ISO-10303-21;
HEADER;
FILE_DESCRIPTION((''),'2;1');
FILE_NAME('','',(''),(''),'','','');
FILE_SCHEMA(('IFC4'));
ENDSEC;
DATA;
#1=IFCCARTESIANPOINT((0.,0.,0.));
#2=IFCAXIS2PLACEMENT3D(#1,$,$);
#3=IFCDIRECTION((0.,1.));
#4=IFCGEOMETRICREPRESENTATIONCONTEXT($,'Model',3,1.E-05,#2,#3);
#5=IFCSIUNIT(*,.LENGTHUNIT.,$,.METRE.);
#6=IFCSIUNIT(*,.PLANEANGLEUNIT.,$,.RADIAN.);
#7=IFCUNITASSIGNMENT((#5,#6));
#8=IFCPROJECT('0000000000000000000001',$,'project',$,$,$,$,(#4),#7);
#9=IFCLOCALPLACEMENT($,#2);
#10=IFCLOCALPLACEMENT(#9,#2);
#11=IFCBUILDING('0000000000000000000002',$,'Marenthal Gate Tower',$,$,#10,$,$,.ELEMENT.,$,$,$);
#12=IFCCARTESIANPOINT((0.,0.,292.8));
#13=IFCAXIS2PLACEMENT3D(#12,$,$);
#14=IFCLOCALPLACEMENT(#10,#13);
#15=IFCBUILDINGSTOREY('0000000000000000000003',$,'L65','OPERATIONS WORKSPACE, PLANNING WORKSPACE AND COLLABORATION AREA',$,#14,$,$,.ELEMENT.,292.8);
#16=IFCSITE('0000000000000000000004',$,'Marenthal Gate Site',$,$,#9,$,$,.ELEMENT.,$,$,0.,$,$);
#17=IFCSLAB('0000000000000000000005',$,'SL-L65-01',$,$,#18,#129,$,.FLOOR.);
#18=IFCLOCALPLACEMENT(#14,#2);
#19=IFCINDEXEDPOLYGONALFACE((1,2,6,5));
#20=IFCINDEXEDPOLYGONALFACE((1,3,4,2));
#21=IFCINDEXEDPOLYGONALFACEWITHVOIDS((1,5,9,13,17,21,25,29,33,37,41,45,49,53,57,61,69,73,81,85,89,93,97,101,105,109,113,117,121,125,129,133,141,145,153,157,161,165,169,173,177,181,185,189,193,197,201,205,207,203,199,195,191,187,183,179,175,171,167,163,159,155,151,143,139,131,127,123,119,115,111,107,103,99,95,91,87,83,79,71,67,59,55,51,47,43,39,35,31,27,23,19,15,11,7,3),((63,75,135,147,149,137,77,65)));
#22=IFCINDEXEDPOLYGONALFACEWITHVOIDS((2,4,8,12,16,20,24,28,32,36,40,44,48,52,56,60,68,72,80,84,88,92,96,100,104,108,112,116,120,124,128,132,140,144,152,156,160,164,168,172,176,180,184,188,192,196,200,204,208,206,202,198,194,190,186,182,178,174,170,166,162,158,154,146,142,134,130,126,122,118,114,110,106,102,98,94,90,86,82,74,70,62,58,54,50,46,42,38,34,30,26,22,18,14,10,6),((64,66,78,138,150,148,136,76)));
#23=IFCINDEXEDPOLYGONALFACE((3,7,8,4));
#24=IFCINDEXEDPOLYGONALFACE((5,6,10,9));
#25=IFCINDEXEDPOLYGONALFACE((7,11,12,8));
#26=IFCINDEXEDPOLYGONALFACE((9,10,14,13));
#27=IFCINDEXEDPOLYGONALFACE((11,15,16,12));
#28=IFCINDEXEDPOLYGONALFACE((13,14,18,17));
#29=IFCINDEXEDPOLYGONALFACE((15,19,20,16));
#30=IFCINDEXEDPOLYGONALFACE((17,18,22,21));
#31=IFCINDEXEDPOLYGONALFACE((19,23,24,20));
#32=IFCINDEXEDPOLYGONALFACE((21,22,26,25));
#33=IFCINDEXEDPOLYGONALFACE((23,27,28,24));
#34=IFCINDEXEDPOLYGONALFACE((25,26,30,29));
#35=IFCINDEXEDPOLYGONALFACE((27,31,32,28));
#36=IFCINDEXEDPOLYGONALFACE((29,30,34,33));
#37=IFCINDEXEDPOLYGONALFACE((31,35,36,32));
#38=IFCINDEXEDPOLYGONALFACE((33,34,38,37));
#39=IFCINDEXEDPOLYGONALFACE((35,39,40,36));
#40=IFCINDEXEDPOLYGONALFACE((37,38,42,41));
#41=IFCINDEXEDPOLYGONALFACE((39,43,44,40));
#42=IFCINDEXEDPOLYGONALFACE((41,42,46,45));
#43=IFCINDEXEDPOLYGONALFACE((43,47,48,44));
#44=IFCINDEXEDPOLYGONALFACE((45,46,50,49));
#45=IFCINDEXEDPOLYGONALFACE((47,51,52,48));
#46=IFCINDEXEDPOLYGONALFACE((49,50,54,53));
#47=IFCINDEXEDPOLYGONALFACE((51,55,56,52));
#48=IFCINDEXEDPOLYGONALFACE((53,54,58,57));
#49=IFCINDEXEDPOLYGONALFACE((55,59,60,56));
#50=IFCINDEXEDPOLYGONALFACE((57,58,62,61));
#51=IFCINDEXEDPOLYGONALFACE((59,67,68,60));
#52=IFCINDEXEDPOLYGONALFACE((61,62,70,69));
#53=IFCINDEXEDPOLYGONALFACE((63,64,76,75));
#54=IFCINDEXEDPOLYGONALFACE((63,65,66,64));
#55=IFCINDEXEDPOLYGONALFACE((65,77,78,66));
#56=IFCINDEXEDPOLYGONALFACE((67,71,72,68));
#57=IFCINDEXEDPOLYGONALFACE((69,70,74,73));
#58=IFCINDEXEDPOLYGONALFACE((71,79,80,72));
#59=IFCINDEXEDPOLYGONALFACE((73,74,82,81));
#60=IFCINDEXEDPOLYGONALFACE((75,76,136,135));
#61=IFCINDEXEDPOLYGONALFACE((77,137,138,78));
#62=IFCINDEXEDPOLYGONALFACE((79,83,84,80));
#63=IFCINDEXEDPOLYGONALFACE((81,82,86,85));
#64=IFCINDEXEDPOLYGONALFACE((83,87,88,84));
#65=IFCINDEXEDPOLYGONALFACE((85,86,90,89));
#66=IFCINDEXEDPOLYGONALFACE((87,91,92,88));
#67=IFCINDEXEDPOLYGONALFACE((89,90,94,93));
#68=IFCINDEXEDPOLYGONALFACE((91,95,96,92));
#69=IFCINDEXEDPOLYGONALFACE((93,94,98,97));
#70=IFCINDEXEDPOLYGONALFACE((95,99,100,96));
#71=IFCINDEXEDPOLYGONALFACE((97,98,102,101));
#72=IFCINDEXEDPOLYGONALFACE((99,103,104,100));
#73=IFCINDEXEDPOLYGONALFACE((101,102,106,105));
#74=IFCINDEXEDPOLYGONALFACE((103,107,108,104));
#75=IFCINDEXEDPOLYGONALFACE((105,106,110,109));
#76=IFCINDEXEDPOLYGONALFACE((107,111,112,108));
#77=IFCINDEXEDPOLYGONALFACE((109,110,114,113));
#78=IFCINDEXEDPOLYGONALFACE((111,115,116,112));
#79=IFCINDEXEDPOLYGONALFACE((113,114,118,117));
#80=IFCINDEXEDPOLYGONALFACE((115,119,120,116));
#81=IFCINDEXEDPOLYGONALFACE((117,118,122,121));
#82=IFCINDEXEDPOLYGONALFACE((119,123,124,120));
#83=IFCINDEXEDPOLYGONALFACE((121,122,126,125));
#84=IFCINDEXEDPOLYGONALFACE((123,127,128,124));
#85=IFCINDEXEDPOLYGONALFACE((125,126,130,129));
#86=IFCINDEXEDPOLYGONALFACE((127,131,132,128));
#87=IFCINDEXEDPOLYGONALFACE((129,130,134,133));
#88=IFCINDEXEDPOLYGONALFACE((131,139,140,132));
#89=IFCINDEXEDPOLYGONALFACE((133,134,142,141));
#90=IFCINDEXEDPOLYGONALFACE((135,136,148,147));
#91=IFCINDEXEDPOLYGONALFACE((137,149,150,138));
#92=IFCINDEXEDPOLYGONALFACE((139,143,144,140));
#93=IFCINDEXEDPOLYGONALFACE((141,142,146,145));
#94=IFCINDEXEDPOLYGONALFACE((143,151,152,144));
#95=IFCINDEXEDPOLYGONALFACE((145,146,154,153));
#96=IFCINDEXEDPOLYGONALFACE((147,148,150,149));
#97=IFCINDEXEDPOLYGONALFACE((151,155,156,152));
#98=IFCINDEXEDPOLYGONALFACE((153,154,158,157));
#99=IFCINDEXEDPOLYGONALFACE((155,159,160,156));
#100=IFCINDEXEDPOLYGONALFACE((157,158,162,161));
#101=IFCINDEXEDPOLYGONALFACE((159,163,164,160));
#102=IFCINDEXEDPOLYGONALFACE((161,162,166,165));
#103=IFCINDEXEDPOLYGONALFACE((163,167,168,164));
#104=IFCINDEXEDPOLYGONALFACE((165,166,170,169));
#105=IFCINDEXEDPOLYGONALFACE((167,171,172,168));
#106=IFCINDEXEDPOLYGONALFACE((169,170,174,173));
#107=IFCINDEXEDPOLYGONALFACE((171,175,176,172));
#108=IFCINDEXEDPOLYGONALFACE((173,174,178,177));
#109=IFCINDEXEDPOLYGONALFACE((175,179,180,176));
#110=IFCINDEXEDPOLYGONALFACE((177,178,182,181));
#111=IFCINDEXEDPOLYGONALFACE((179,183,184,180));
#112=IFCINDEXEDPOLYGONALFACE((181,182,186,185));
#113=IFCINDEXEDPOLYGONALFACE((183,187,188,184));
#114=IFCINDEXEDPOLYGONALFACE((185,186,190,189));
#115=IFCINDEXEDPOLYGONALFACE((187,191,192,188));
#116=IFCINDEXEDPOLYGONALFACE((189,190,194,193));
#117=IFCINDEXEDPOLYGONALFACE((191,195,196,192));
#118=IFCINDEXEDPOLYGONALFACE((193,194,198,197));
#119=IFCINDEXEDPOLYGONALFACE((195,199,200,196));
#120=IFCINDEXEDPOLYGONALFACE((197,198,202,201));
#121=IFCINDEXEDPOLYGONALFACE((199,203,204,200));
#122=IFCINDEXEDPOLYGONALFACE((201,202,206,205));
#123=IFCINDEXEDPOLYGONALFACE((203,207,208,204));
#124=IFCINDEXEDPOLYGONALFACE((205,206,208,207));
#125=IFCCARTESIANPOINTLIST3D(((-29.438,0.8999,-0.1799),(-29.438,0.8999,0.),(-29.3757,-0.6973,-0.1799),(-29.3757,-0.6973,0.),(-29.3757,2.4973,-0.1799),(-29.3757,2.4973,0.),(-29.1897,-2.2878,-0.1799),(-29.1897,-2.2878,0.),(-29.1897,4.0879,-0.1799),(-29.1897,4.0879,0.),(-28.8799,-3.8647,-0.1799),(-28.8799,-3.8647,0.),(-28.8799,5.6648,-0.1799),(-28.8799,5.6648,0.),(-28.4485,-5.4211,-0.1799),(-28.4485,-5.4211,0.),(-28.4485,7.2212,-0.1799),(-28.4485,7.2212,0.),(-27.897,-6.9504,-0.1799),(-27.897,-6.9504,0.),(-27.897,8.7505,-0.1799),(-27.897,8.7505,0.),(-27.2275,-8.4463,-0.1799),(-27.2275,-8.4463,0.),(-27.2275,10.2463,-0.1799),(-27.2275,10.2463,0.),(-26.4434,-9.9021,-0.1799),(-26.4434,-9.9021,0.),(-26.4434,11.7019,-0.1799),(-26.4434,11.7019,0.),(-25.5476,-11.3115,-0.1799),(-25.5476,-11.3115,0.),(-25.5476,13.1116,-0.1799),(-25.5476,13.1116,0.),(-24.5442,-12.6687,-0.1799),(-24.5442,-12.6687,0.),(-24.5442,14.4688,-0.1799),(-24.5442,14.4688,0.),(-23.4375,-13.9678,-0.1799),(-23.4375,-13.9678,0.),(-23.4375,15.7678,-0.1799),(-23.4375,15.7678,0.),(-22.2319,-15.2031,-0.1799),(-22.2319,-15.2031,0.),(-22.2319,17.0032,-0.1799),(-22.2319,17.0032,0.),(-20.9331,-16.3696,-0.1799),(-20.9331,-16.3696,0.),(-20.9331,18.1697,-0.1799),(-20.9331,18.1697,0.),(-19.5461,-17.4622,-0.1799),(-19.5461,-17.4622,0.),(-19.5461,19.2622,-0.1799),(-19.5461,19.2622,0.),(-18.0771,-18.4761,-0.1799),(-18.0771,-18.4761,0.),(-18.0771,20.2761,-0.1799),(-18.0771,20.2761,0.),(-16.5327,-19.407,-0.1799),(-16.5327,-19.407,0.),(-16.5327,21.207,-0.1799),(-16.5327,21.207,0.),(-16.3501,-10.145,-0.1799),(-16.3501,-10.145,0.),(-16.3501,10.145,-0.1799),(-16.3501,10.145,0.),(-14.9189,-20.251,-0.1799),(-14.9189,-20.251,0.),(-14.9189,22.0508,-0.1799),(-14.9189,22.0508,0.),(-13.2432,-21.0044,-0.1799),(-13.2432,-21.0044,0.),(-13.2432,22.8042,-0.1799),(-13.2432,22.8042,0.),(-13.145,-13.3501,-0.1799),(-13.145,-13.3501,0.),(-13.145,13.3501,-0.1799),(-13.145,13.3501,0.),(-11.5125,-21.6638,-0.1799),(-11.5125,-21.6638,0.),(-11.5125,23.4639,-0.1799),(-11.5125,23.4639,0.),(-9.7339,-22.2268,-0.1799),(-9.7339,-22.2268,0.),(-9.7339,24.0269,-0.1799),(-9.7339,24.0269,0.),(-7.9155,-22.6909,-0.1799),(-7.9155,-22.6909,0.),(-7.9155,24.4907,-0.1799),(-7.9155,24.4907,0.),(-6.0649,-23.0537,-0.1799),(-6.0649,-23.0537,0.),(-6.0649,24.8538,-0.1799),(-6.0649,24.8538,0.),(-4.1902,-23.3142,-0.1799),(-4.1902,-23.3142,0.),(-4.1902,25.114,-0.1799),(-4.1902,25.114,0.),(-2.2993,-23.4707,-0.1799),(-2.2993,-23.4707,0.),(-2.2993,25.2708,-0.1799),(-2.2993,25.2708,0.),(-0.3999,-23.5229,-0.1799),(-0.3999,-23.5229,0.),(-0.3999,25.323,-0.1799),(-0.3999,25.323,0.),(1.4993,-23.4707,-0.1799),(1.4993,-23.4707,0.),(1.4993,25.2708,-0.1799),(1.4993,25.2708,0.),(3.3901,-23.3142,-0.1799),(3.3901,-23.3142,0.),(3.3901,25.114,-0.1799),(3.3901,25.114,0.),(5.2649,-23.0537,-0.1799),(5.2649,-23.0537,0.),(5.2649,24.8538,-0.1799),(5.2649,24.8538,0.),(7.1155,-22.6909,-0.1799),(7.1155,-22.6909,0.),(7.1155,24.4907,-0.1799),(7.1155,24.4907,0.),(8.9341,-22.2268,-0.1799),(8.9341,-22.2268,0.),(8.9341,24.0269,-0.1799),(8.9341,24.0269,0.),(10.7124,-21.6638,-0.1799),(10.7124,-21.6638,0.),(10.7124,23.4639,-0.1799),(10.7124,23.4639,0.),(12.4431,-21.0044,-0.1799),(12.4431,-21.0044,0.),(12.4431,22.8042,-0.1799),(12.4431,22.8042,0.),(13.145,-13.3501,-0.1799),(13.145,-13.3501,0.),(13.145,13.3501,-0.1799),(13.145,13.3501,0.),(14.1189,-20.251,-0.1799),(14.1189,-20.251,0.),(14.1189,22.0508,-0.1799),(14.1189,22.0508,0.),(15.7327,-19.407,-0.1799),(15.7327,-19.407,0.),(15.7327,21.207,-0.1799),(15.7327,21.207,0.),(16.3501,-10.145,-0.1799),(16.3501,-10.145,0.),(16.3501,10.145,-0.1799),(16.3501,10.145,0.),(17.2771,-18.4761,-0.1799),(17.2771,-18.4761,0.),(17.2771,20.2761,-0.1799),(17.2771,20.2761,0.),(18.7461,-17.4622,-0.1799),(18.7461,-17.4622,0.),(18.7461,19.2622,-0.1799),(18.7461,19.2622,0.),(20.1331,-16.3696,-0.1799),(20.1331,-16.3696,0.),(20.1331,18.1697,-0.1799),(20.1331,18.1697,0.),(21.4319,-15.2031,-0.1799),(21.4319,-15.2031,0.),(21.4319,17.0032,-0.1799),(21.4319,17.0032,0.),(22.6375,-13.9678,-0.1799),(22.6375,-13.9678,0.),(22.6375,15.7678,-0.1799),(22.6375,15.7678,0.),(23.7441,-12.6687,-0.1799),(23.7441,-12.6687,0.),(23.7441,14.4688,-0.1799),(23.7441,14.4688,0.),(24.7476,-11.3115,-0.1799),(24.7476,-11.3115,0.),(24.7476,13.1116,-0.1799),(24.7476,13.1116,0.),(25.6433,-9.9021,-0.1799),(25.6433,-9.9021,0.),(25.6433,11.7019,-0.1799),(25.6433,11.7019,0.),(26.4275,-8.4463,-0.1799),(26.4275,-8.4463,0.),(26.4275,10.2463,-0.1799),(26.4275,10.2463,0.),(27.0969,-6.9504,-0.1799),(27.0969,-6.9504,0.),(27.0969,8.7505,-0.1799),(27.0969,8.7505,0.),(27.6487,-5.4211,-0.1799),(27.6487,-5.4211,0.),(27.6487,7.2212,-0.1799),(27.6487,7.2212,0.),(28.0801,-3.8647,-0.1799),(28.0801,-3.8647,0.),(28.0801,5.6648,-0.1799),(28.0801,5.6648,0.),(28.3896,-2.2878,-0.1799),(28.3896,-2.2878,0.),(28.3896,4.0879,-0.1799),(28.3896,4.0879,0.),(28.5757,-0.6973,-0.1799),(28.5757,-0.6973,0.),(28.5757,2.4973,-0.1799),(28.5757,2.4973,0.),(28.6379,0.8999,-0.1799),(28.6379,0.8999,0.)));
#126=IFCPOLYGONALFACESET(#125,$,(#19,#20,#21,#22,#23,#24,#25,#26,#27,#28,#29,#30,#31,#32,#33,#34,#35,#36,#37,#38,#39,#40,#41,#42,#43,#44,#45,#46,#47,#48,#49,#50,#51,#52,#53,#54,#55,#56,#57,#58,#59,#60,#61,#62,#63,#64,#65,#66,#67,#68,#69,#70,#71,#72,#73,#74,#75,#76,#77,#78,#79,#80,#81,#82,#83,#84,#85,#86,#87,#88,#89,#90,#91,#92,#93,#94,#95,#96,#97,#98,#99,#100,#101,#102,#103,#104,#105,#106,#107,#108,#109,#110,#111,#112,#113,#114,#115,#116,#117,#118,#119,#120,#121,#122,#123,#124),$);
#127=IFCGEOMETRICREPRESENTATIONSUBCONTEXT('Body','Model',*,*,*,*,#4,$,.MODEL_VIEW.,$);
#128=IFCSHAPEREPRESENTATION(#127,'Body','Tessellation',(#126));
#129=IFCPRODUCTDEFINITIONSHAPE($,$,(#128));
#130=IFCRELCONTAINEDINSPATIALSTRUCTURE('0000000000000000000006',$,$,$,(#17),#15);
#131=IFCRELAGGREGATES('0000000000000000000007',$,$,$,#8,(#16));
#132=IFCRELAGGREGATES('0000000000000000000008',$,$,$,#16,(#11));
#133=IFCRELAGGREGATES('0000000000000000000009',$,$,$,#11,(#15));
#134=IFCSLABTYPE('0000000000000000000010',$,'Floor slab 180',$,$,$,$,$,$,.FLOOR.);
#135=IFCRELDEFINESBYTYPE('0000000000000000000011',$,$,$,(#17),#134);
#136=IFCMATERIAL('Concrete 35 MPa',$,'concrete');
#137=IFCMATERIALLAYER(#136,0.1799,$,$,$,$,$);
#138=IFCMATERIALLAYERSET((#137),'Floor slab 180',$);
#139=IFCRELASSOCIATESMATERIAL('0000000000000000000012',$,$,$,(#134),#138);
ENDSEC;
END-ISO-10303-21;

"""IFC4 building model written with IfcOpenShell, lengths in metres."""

from ifc_helpers import new_model, si_unit, direction, frame, origin, place, context, subcontext, project, spatial, polyline, outline, extrude, material, layer, layer_set, type_object, element, save


model = new_model("IFC4")

# Units and contexts
model_context = context("Model", 3, precision=1e-05, world=origin(), true_north=direction((0.0, 1.0)))
body_context = subcontext(model_context, "Body", "Model", "MODEL_VIEW")
ifc_project = project(units=[si_unit("LENGTHUNIT", "METRE"), si_unit("PLANEANGLEUNIT", "RADIAN")], contexts=[model_context])

# Site, building, storey
site_placement = place(None, origin())
site = spatial("IfcSite", under=ifc_project, at=site_placement, Name="Marenthal Gate Site", CompositionType="ELEMENT", RefElevation=0.0)
building_placement = place(site_placement, origin())
building = spatial("IfcBuilding", under=site, at=building_placement, Name="Marenthal Gate Tower", CompositionType="ELEMENT")
storey_placement = place(building_placement, frame((0.0, 0.0, 292.8)))
storey = spatial("IfcBuildingStorey", under=building, at=storey_placement, Name="L65", Description="OPERATIONS WORKSPACE, PLANNING WORKSPACE AND COLLABORATION AREA", CompositionType="ELEMENT", Elevation=292.8)

# Slab
ifc_material_1 = material(Name="Concrete 35 MPa", Category="concrete")
ifc_layer_1 = layer(ifc_material_1, 0.1799)
ifc_layer_set_1 = layer_set([ifc_layer_1], Name="Floor slab 180")
slab_type = type_object("IfcSlabType", Name="Floor slab 180", PredefinedType="FLOOR", material=ifc_layer_set_1)
slab_placement = place(storey_placement, frame((0.0, 0.0, -0.1799)))
element("IfcSlab", 1, at=slab_placement, inside=storey, type_object=slab_type, Name="SL-L65-01", PredefinedType="FLOOR", context=body_context, shape_type="SweptSolid", body=[
    extrude(outline(polyline([(28.6379, 0.8999), (28.5757, 2.4973), (28.3896, 4.0879), (28.0801, 5.6648), (27.6487, 7.2212), (27.0969, 8.7505), (26.4275, 10.2463), (25.6433, 11.7019), (24.7476, 13.1116), (23.7441, 14.4688), (22.6375, 15.7678), (21.4319, 17.0032), (20.1331, 18.1697), (18.7461, 19.2622), (17.2771, 20.2761), (15.7327, 21.207), (14.1189, 22.0508), (12.4431, 22.8042), (10.7124, 23.4639), (8.9341, 24.0269), (7.1155, 24.4907), (5.2649, 24.8538), (3.3901, 25.114), (1.4993, 25.2708), (-0.3999, 25.323), (-2.2993, 25.2708), (-4.1902, 25.114), (-6.0649, 24.8538), (-7.9155, 24.4907), (-9.7339, 24.0269), (-11.5125, 23.4639), (-13.2432, 22.8042), (-14.9189, 22.0508), (-16.5327, 21.207), (-18.0771, 20.2761), (-19.5461, 19.2622), (-20.9331, 18.1697), (-22.2319, 17.0032), (-23.4375, 15.7678), (-24.5442, 14.4688), (-25.5476, 13.1116), (-26.4434, 11.7019), (-27.2275, 10.2463), (-27.897, 8.7505), (-28.4485, 7.2212), (-28.8799, 5.6648), (-29.1897, 4.0879), (-29.3757, 2.4973), (-29.438, 0.8999), (-29.3757, -0.6973), (-29.1897, -2.2878), (-28.8799, -3.8647), (-28.4485, -5.4211), (-27.897, -6.9504), (-27.2275, -8.4463), (-26.4434, -9.9021), (-25.5476, -11.3115), (-24.5442, -12.6687), (-23.4375, -13.9678), (-22.2319, -15.2031), (-20.9331, -16.3696), (-19.5461, -17.4622), (-18.0771, -18.4761), (-16.5327, -19.407), (-14.9189, -20.251), (-13.2432, -21.0044), (-11.5125, -21.6638), (-9.7339, -22.2268), (-7.9155, -22.6909), (-6.0649, -23.0537), (-4.1902, -23.3142), (-2.2993, -23.4707), (-0.3999, -23.5229), (1.4993, -23.4707), (3.3901, -23.3142), (5.2649, -23.0537), (7.1155, -22.6909), (8.9341, -22.2268), (10.7124, -21.6638), (12.4431, -21.0044), (14.1189, -20.251), (15.7327, -19.407), (17.2771, -18.4761), (18.7461, -17.4622), (20.1331, -16.3696), (21.4319, -15.2031), (22.6375, -13.9678), (23.7441, -12.6687), (24.7476, -11.3115), (25.6433, -9.9021), (26.4275, -8.4463), (27.0969, -6.9504), (27.6487, -5.4211), (28.0801, -3.8647), (28.3896, -2.2878), (28.5757, -0.6973), (28.6379, 0.8999)]), holes=[polyline([(13.145, -13.3501), (16.3501, -10.145), (16.3501, 10.145), (13.145, 13.3501), (-13.145, 13.3501), (-16.3501, 10.145), (-16.3501, -10.145), (-13.145, -13.3501), (13.145, -13.3501)])]), origin(), (0.0, 0.0, 1.0), 0.1799),
])

save(model, "model.ifc")
